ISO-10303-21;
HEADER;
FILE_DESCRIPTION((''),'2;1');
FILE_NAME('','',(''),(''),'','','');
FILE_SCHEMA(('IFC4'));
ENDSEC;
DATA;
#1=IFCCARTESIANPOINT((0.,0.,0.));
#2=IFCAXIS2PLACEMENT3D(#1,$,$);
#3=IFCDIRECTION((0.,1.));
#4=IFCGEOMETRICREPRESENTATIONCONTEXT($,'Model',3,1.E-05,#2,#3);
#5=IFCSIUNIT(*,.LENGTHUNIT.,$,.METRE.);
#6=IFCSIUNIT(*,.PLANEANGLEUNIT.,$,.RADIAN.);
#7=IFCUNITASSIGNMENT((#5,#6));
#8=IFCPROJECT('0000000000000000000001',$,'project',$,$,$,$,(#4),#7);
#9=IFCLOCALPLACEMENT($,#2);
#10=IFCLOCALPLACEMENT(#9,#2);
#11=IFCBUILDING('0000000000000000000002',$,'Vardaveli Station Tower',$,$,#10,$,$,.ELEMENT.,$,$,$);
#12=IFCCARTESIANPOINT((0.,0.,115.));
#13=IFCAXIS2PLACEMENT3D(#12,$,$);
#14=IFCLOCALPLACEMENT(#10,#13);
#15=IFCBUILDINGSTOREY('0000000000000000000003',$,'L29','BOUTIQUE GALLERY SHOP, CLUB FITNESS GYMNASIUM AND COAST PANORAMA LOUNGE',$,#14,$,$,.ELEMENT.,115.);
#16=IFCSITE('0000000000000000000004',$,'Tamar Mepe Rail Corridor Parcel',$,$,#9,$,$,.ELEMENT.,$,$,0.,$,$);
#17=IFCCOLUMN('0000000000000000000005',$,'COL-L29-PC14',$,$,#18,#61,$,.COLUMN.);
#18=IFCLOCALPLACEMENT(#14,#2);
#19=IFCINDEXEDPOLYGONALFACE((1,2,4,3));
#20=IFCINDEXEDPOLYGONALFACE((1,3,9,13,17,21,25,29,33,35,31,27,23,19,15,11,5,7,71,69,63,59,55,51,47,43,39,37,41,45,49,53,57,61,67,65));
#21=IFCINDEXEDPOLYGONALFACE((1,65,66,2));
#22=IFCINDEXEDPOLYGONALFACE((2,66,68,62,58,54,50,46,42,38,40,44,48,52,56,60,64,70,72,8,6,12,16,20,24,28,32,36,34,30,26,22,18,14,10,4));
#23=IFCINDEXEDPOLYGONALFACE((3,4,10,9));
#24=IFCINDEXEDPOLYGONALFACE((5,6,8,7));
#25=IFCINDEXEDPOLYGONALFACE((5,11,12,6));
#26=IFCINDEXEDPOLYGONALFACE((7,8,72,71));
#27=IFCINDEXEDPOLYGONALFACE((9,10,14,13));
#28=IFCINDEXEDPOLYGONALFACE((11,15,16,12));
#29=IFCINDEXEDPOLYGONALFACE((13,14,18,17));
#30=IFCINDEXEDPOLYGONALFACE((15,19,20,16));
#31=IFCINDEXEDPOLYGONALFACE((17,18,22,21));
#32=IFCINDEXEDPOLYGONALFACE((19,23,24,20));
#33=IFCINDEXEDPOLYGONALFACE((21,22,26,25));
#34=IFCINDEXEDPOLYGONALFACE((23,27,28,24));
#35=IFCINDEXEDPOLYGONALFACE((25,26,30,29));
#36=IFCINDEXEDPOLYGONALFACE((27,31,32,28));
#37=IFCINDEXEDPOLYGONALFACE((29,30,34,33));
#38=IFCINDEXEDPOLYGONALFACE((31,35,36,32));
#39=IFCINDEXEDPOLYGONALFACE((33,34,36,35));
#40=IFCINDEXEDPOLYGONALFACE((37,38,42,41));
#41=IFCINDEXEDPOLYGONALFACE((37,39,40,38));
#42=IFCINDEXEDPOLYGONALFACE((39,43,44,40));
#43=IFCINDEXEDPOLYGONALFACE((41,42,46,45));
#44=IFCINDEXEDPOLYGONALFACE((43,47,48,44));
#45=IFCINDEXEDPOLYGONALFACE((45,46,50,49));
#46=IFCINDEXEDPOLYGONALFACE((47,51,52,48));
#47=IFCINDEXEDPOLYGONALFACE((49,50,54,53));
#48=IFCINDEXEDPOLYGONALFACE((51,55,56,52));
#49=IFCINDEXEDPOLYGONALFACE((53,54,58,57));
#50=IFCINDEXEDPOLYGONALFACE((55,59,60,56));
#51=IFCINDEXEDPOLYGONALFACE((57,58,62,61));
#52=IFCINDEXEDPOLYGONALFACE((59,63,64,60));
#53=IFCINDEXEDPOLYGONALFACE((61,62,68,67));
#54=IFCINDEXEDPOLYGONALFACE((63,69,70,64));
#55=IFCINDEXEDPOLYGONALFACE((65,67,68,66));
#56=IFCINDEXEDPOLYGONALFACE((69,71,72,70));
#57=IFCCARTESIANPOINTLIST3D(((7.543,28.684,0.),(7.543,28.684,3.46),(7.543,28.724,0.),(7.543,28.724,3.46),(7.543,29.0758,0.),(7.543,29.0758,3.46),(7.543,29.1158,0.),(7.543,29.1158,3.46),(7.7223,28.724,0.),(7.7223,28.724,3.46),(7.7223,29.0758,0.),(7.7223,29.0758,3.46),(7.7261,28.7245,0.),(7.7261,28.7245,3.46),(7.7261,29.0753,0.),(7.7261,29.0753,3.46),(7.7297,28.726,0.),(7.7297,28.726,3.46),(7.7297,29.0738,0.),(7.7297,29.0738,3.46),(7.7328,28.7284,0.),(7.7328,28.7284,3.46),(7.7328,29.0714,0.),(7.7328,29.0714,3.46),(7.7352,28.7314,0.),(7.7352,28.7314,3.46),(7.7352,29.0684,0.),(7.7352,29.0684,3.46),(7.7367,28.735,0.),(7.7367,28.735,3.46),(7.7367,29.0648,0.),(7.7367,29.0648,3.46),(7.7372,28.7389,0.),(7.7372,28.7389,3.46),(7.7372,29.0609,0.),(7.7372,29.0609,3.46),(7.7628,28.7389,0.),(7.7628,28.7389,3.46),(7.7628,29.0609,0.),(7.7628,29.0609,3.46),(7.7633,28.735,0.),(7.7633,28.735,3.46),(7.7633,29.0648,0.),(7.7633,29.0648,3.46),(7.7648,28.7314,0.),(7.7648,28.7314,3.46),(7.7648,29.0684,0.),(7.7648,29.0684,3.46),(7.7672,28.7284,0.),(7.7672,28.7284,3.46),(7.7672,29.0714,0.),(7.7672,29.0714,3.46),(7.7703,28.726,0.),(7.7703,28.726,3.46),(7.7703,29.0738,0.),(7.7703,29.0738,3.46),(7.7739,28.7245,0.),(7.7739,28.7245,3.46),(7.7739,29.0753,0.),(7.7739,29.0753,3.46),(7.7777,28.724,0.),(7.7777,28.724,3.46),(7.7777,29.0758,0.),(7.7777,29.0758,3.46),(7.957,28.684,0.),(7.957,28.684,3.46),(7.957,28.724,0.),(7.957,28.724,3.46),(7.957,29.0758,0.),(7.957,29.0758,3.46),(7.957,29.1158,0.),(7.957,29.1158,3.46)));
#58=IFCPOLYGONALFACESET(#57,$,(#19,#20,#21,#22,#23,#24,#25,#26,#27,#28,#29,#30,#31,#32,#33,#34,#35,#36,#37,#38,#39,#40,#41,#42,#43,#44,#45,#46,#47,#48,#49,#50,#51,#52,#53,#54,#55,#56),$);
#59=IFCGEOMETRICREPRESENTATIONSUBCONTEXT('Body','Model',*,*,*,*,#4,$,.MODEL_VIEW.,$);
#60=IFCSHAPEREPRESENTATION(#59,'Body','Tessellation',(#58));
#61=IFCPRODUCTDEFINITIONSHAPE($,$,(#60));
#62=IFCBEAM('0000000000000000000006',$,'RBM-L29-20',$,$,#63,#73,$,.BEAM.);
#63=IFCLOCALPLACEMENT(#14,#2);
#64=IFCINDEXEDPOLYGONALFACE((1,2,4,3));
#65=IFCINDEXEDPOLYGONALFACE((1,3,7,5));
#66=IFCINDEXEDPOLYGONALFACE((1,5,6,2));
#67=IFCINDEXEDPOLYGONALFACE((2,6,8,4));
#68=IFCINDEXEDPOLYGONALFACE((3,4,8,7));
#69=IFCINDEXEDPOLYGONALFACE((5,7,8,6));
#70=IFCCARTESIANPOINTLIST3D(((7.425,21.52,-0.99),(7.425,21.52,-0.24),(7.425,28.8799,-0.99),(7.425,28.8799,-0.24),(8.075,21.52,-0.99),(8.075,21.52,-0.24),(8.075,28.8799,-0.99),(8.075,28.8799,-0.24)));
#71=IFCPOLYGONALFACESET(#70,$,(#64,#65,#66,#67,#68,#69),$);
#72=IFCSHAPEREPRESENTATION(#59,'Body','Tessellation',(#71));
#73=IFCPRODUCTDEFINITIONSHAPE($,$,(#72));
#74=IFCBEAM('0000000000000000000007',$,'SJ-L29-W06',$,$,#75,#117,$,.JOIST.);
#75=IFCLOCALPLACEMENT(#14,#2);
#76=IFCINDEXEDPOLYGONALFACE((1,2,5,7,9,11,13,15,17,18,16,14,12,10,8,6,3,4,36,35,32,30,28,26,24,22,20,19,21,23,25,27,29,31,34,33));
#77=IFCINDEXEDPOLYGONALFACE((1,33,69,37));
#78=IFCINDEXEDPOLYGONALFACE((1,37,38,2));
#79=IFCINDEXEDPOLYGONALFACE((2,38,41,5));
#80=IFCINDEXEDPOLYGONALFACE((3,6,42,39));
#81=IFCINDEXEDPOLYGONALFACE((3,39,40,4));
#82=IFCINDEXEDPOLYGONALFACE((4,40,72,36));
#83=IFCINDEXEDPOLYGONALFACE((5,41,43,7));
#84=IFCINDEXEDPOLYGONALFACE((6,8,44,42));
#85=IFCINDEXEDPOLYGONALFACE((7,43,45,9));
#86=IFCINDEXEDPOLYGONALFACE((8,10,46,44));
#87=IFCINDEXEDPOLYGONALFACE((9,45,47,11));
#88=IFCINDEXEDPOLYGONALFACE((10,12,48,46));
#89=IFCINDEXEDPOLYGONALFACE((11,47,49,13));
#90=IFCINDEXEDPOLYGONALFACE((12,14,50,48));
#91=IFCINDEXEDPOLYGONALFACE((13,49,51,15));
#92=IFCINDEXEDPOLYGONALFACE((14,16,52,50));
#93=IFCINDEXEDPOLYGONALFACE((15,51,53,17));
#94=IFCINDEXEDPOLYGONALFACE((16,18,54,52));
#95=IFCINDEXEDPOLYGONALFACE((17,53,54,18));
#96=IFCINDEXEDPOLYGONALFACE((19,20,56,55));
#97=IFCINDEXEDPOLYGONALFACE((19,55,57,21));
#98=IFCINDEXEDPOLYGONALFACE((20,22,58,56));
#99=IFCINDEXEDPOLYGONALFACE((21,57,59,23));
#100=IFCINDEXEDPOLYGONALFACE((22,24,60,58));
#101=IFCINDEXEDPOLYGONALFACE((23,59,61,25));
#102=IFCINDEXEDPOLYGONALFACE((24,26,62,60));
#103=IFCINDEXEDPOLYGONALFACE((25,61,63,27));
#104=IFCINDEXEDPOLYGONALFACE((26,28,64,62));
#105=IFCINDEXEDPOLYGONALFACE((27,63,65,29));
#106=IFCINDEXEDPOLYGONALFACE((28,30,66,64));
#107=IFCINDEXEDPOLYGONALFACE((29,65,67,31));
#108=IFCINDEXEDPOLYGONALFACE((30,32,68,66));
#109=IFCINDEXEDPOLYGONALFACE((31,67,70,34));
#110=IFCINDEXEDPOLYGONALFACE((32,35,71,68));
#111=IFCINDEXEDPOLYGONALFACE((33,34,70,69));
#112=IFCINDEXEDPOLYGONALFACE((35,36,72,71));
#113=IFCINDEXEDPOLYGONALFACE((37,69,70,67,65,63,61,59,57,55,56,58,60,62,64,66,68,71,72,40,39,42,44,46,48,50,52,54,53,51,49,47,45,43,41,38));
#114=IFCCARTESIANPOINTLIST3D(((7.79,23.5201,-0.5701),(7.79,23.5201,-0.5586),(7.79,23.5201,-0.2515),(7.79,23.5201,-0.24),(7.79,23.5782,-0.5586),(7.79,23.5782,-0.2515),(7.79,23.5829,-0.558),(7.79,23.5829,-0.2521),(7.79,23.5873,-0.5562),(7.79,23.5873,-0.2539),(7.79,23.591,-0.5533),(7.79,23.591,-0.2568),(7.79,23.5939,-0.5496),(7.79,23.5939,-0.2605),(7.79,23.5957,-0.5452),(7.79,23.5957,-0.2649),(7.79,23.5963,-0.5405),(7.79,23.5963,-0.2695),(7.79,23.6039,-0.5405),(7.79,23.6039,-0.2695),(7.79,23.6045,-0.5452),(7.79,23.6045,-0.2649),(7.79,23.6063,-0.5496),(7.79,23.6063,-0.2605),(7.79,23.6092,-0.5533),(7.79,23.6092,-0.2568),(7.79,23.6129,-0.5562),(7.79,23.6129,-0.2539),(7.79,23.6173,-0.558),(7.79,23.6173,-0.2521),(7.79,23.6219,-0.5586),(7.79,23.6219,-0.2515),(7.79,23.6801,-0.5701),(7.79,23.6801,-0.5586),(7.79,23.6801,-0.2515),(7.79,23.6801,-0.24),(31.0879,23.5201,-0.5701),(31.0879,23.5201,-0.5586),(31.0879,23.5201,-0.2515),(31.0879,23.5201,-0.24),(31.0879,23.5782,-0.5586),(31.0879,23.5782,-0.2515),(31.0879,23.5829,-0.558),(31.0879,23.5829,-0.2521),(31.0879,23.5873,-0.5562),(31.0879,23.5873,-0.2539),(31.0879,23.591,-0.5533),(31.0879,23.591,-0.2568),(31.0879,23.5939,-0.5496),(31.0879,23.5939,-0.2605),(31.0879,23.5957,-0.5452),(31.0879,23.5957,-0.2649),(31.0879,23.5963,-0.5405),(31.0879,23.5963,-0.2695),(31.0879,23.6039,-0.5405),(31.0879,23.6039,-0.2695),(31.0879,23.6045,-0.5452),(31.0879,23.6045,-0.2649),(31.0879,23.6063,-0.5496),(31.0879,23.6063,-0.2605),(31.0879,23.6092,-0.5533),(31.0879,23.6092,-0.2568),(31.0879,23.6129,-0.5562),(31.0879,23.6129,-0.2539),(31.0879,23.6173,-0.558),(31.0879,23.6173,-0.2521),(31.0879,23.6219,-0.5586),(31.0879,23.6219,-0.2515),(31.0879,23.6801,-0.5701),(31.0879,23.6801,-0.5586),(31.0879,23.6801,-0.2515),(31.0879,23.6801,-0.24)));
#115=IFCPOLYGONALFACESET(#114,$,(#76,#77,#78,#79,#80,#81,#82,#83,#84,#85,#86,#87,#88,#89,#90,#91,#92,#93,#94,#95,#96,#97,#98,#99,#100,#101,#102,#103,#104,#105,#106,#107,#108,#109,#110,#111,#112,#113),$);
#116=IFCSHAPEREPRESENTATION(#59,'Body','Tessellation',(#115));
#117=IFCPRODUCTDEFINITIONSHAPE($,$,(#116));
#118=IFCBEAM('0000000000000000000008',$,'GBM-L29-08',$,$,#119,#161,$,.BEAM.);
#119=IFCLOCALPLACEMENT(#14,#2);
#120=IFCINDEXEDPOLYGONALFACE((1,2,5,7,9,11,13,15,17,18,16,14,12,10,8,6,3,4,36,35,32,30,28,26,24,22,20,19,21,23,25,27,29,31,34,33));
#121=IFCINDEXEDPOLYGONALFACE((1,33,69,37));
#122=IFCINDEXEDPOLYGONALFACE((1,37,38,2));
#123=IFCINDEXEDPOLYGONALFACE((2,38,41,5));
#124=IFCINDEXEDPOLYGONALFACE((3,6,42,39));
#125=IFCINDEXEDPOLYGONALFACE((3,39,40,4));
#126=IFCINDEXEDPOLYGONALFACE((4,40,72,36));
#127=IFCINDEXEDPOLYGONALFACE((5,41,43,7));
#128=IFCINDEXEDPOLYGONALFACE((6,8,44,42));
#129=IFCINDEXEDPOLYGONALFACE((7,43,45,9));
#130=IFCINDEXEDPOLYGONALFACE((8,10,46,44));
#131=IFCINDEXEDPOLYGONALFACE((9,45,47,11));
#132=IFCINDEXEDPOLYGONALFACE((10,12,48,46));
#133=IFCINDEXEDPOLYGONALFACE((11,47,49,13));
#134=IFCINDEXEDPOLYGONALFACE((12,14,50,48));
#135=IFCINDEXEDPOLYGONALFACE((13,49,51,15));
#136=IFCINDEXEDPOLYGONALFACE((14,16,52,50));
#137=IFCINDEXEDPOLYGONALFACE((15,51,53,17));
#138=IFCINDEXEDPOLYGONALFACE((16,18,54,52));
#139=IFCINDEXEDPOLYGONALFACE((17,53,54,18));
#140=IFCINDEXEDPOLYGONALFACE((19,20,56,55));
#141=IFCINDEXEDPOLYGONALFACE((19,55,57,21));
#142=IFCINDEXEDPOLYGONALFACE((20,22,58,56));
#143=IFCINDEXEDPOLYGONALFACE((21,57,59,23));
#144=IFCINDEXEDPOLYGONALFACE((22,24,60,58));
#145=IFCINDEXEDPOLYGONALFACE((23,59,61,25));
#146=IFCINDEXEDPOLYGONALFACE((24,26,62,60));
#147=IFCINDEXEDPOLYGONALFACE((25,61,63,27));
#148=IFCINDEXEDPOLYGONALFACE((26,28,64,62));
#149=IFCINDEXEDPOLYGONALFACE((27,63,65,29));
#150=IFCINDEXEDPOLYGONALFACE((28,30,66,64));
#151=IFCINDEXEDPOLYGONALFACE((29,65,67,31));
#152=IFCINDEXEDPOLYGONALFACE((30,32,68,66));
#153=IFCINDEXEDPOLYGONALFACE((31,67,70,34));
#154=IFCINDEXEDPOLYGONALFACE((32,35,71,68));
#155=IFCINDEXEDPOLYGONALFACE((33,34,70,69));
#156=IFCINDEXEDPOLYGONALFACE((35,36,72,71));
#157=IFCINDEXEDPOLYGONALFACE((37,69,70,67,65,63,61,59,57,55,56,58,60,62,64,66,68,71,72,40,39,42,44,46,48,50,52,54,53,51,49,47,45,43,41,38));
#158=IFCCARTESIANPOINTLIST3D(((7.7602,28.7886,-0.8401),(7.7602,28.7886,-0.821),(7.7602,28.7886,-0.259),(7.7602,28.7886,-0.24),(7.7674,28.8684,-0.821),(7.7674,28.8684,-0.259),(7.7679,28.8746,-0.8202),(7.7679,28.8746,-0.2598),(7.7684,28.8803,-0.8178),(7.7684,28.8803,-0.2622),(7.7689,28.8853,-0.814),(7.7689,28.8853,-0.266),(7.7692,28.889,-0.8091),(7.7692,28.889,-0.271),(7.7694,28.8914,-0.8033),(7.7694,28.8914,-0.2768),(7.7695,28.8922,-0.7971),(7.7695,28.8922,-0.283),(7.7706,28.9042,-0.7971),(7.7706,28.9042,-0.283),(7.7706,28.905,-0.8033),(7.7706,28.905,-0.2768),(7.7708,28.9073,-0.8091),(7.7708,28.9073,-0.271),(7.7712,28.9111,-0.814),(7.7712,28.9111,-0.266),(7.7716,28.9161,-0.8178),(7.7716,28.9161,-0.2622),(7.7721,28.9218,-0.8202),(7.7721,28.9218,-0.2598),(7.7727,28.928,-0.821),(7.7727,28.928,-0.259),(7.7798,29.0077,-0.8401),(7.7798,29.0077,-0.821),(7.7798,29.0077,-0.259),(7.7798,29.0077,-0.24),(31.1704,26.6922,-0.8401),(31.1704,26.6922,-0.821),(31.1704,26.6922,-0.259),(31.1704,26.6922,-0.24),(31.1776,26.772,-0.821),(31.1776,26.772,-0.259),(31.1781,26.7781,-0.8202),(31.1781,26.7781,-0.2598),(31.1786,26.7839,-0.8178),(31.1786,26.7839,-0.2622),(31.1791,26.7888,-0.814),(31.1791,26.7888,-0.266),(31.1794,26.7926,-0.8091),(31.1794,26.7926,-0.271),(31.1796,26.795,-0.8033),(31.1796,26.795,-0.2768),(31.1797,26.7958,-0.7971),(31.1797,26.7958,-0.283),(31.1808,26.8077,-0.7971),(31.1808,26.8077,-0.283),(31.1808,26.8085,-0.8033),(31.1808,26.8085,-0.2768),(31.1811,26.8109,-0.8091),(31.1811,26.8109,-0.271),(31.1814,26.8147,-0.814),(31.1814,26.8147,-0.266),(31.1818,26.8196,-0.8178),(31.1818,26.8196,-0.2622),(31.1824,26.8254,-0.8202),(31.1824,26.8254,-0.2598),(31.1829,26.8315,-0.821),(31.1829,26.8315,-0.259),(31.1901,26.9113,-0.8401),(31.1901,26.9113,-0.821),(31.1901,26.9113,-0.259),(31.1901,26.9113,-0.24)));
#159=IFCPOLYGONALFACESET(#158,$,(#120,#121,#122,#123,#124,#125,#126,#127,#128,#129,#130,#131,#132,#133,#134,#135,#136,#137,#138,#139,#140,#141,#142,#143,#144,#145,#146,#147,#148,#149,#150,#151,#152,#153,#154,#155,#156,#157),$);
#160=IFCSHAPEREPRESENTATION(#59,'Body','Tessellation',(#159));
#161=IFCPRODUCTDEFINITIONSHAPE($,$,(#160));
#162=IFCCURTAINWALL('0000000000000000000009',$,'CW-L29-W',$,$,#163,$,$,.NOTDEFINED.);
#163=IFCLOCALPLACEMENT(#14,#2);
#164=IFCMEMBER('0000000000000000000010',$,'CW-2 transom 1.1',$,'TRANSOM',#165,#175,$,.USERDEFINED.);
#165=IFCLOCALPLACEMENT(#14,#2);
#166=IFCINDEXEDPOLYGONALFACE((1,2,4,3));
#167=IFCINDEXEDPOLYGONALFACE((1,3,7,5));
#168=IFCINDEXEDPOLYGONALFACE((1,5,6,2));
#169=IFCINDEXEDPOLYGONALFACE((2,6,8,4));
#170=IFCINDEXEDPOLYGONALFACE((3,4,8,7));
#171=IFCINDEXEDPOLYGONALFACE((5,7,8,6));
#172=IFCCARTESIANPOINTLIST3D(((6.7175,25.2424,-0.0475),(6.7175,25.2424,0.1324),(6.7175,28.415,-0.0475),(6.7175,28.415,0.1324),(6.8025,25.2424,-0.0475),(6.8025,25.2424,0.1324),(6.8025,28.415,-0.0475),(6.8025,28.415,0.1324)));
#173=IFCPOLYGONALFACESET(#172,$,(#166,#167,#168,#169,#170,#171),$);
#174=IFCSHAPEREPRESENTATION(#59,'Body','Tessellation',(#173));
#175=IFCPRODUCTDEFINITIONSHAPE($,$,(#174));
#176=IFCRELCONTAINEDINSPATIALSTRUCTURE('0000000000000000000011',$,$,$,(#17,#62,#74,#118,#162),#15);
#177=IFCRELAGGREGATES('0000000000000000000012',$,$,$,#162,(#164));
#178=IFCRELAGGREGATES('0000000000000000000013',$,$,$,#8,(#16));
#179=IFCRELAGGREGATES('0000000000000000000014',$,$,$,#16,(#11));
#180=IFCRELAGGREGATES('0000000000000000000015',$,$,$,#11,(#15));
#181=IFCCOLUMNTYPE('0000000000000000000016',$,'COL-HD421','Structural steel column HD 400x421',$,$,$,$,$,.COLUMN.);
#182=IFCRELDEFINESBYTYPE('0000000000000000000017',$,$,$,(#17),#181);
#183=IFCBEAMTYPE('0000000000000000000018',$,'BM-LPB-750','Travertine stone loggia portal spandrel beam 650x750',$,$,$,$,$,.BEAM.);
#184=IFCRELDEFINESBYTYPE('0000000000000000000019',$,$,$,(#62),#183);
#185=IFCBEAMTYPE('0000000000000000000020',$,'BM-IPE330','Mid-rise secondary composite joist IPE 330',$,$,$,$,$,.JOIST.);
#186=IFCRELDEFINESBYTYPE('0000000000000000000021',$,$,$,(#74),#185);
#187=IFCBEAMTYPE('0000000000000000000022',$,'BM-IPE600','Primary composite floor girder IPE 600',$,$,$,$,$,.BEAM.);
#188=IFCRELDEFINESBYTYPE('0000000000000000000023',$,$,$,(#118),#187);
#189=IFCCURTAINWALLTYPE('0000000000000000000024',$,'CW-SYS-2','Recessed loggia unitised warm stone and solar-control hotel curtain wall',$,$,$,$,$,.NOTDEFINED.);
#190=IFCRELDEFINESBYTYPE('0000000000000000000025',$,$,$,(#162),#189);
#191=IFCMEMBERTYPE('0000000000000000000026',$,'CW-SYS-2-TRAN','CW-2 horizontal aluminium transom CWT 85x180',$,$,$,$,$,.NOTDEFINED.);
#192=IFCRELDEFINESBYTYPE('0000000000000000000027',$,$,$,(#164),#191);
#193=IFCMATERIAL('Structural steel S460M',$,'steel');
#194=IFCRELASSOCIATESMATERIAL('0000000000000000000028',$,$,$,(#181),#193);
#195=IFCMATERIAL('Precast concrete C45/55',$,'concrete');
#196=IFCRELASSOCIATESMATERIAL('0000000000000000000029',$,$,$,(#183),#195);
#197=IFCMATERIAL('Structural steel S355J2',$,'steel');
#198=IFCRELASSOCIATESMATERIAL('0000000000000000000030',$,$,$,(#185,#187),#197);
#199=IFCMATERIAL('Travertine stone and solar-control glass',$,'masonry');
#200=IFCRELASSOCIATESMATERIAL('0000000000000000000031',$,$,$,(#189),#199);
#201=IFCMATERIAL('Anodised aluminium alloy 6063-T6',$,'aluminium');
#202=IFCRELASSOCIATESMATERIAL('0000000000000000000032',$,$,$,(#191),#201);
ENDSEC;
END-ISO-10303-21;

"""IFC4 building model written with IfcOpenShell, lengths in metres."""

from ifc_helpers import new_model, si_unit, direction, frame, origin, origin_2d, place, context, subcontext, project, spatial, rectangle, i_section, extrude, source, transform, mapped, material, material_profile, profile_set, type_object, element, aggregate, save


model = new_model("IFC4")

# Units and contexts
model_context = context("Model", 3, precision=1e-05, world=origin(), true_north=direction((0.0, 1.0)))
body_context = subcontext(model_context, "Body", "Model", "MODEL_VIEW")
ifc_project = project(units=[si_unit("LENGTHUNIT", "METRE"), si_unit("PLANEANGLEUNIT", "RADIAN")], contexts=[model_context])

# Site, building, storey
site_placement = place(None, origin())
site = spatial("IfcSite", under=ifc_project, at=site_placement, Name="Tamar Mepe Rail Corridor Parcel", CompositionType="ELEMENT", RefElevation=0.0)
building_placement = place(site_placement, origin())
building = spatial("IfcBuilding", under=site, at=building_placement, Name="Vardaveli Station Tower", CompositionType="ELEMENT")
storey_placement = place(building_placement, frame((0.0, 0.0, 115.0)))
storey = spatial("IfcBuildingStorey", under=building, at=storey_placement, Name="L29", Description="BOUTIQUE GALLERY SHOP, CLUB FITNESS GYMNASIUM AND COAST PANORAMA LOUNGE", CompositionType="ELEMENT", Elevation=115.0)

# Column
ifc_material_1 = material(Name="Structural steel S460M", Category="steel")
ifc_material_profile_1 = material_profile(ifc_material_1, i_section(OverallWidth=0.4141, OverallDepth=0.4319, WebThickness=0.0256, FlangeThickness=0.04, FilletRadius=0.0149, at=origin_2d()), Name="HD 400x421")
ifc_profile_set_1 = profile_set([ifc_material_profile_1], Name="Structural steel S460M")
column_type = type_object("IfcColumnType", Name="COL-HD421", Description="Structural steel column HD 400x421", PredefinedType="COLUMN", material=ifc_profile_set_1)
shared_shape_1 = source(origin(), body_context, "Body", "SweptSolid", [
    extrude(i_section(OverallWidth=0.4141, OverallDepth=0.4319, WebThickness=0.0256, FlangeThickness=0.04, FilletRadius=0.0149, at=origin_2d()), origin(), (0.0, 0.0, 1.0), 3.46),
])
column_placement = place(storey_placement, frame((7.75, 28.8999, 0.0), z_axis=(0.0, 0.0, 1.0), x_axis=(1.0, 0.0, 0.0)))
element("IfcColumn", 1, at=column_placement, inside=storey, type_object=column_type, Name="COL-L29-PC14", PredefinedType="COLUMN", context=body_context, shape_type="MappedRepresentation", body=[
    mapped(shared_shape_1, transform((0.0, 0.0, 0.0), scale=1.0)),
])

# Beams
ifc_material_2 = material(Name="Precast concrete C45/55", Category="concrete")
ifc_material_profile_2 = material_profile(ifc_material_2, rectangle(XDim=0.6499, YDim=0.75, at=origin_2d()), Name="LPB 650x750")
ifc_profile_set_2 = profile_set([ifc_material_profile_2], Name="Precast concrete C45/55")
beam_type_1 = type_object("IfcBeamType", Name="BM-LPB-750", Description="Travertine stone loggia portal spandrel beam 650x750", PredefinedType="BEAM", material=ifc_profile_set_2)
shared_shape_2 = source(origin(), body_context, "Body", "SweptSolid", [
    extrude(rectangle(XDim=0.6499, YDim=0.75, at=origin_2d()), origin(), (0.0, 0.0, 1.0), 7.3599),
])
beam_1_placement = place(storey_placement, frame((7.75, 28.8799, -0.615), z_axis=(0.0, -1.0, 0.0), x_axis=(1.0, 0.0, 0.0)))
element("IfcBeam", 2, at=beam_1_placement, inside=storey, type_object=beam_type_1, Name="RBM-L29-20", PredefinedType="BEAM", context=body_context, shape_type="MappedRepresentation", body=[
    mapped(shared_shape_2, transform((0.0, 0.0, 0.0), scale=1.0)),
])
ifc_material_3 = material(Name="Structural steel S355J2", Category="steel")
ifc_material_profile_3 = material_profile(ifc_material_3, i_section(OverallWidth=0.1599, OverallDepth=0.3301, WebThickness=0.0076, FlangeThickness=0.0115, FilletRadius=0.0181, at=origin_2d()), Name="IPE 330")
ifc_profile_set_3 = profile_set([ifc_material_profile_3], Name="Structural steel S355J2")
beam_type_2 = type_object("IfcBeamType", Name="BM-IPE330", Description="Mid-rise secondary composite joist IPE 330", PredefinedType="JOIST", material=ifc_profile_set_3)
shared_shape_3 = source(origin(), body_context, "Body", "SweptSolid", [
    extrude(i_section(OverallWidth=0.1599, OverallDepth=0.3301, WebThickness=0.0076, FlangeThickness=0.0115, FilletRadius=0.0181, at=origin_2d()), origin(), (0.0, 0.0, 1.0), 23.2979),
])
beam_2_placement = place(storey_placement, frame((7.79, 23.6001, -0.405), z_axis=(1.0, 0.0, 0.0), x_axis=(0.0, 1.0, 0.0)))
element("IfcBeam", 3, at=beam_2_placement, inside=storey, type_object=beam_type_2, Name="SJ-L29-W06", PredefinedType="JOIST", context=body_context, shape_type="MappedRepresentation", body=[
    mapped(shared_shape_3, transform((0.0, 0.0, 0.0), scale=1.0)),
])
ifc_material_profile_4 = material_profile(ifc_material_3, i_section(OverallWidth=0.22, OverallDepth=0.6001, WebThickness=0.012, FlangeThickness=0.019, FilletRadius=0.0239, at=origin_2d()), Name="IPE 600")
ifc_profile_set_4 = profile_set([ifc_material_profile_4], Name="Structural steel S355J2")
beam_type_3 = type_object("IfcBeamType", Name="BM-IPE600", Description="Primary composite floor girder IPE 600", PredefinedType="BEAM", material=ifc_profile_set_4)
shared_shape_4 = source(origin(), body_context, "Body", "SweptSolid", [
    extrude(i_section(OverallWidth=0.22, OverallDepth=0.6001, WebThickness=0.012, FlangeThickness=0.019, FilletRadius=0.0239, at=origin_2d()), origin(), (0.0, 0.0, 1.0), 23.5039),
])
beam_3_placement = place(storey_placement, frame((7.77, 28.8982, -0.54), z_axis=(0.996014, -0.089195, 0.0), x_axis=(0.089195, 0.996014, 0.0)))
element("IfcBeam", 4, at=beam_3_placement, inside=storey, type_object=beam_type_3, Name="GBM-L29-08", PredefinedType="BEAM", context=body_context, shape_type="MappedRepresentation", body=[
    mapped(shared_shape_4, transform((0.0, 0.0, 0.0), scale=1.0)),
])

# Curtain wall, member
ifc_material_4 = material(Name="Travertine stone and solar-control glass", Category="masonry")
curtain_wall_type = type_object("IfcCurtainWallType", Name="CW-SYS-2", Description="Recessed loggia unitised warm stone and solar-control hotel curtain wall", PredefinedType="NOTDEFINED", material=ifc_material_4)
curtain_wall_placement = place(storey_placement, origin())
curtain_wall = element("IfcCurtainWall", 5, at=curtain_wall_placement, inside=storey, type_object=curtain_wall_type, Name="CW-L29-W", PredefinedType="NOTDEFINED")
ifc_material_5 = material(Name="Anodised aluminium alloy 6063-T6", Category="aluminium")
ifc_material_profile_5 = material_profile(ifc_material_5, rectangle(XDim=0.085, YDim=0.1799, at=origin_2d()), Name="CWT 85x180")
ifc_profile_set_5 = profile_set([ifc_material_profile_5], Name="Anodised aluminium alloy 6063-T6")
member_type_1 = type_object("IfcMemberType", Name="CW-SYS-2-TRAN", Description="CW-2 horizontal aluminium transom CWT 85x180", PredefinedType="NOTDEFINED", material=ifc_profile_set_5)
shared_shape_5 = source(origin(), body_context, "Body", "SweptSolid", [
    extrude(rectangle(XDim=0.085, YDim=0.1799, at=origin_2d()), origin(), (0.0, 0.0, 1.0), 3.1726),
])
member_1_placement = place(storey_placement, frame((6.76, 28.415, 0.0425), z_axis=(0.0, -1.0, 0.0), x_axis=(1.0, 0.0, 0.0)))
member_1 = element("IfcMember", 6, at=member_1_placement, type_object=member_type_1, Name="CW-2 transom 1.1", ObjectType="TRANSOM", PredefinedType="USERDEFINED", context=body_context, shape_type="MappedRepresentation", body=[
    mapped(shared_shape_5, transform((0.0, 0.0, 0.0), scale=1.0)),
])
aggregate(curtain_wall, [member_1])

save(model, "model.ifc")
